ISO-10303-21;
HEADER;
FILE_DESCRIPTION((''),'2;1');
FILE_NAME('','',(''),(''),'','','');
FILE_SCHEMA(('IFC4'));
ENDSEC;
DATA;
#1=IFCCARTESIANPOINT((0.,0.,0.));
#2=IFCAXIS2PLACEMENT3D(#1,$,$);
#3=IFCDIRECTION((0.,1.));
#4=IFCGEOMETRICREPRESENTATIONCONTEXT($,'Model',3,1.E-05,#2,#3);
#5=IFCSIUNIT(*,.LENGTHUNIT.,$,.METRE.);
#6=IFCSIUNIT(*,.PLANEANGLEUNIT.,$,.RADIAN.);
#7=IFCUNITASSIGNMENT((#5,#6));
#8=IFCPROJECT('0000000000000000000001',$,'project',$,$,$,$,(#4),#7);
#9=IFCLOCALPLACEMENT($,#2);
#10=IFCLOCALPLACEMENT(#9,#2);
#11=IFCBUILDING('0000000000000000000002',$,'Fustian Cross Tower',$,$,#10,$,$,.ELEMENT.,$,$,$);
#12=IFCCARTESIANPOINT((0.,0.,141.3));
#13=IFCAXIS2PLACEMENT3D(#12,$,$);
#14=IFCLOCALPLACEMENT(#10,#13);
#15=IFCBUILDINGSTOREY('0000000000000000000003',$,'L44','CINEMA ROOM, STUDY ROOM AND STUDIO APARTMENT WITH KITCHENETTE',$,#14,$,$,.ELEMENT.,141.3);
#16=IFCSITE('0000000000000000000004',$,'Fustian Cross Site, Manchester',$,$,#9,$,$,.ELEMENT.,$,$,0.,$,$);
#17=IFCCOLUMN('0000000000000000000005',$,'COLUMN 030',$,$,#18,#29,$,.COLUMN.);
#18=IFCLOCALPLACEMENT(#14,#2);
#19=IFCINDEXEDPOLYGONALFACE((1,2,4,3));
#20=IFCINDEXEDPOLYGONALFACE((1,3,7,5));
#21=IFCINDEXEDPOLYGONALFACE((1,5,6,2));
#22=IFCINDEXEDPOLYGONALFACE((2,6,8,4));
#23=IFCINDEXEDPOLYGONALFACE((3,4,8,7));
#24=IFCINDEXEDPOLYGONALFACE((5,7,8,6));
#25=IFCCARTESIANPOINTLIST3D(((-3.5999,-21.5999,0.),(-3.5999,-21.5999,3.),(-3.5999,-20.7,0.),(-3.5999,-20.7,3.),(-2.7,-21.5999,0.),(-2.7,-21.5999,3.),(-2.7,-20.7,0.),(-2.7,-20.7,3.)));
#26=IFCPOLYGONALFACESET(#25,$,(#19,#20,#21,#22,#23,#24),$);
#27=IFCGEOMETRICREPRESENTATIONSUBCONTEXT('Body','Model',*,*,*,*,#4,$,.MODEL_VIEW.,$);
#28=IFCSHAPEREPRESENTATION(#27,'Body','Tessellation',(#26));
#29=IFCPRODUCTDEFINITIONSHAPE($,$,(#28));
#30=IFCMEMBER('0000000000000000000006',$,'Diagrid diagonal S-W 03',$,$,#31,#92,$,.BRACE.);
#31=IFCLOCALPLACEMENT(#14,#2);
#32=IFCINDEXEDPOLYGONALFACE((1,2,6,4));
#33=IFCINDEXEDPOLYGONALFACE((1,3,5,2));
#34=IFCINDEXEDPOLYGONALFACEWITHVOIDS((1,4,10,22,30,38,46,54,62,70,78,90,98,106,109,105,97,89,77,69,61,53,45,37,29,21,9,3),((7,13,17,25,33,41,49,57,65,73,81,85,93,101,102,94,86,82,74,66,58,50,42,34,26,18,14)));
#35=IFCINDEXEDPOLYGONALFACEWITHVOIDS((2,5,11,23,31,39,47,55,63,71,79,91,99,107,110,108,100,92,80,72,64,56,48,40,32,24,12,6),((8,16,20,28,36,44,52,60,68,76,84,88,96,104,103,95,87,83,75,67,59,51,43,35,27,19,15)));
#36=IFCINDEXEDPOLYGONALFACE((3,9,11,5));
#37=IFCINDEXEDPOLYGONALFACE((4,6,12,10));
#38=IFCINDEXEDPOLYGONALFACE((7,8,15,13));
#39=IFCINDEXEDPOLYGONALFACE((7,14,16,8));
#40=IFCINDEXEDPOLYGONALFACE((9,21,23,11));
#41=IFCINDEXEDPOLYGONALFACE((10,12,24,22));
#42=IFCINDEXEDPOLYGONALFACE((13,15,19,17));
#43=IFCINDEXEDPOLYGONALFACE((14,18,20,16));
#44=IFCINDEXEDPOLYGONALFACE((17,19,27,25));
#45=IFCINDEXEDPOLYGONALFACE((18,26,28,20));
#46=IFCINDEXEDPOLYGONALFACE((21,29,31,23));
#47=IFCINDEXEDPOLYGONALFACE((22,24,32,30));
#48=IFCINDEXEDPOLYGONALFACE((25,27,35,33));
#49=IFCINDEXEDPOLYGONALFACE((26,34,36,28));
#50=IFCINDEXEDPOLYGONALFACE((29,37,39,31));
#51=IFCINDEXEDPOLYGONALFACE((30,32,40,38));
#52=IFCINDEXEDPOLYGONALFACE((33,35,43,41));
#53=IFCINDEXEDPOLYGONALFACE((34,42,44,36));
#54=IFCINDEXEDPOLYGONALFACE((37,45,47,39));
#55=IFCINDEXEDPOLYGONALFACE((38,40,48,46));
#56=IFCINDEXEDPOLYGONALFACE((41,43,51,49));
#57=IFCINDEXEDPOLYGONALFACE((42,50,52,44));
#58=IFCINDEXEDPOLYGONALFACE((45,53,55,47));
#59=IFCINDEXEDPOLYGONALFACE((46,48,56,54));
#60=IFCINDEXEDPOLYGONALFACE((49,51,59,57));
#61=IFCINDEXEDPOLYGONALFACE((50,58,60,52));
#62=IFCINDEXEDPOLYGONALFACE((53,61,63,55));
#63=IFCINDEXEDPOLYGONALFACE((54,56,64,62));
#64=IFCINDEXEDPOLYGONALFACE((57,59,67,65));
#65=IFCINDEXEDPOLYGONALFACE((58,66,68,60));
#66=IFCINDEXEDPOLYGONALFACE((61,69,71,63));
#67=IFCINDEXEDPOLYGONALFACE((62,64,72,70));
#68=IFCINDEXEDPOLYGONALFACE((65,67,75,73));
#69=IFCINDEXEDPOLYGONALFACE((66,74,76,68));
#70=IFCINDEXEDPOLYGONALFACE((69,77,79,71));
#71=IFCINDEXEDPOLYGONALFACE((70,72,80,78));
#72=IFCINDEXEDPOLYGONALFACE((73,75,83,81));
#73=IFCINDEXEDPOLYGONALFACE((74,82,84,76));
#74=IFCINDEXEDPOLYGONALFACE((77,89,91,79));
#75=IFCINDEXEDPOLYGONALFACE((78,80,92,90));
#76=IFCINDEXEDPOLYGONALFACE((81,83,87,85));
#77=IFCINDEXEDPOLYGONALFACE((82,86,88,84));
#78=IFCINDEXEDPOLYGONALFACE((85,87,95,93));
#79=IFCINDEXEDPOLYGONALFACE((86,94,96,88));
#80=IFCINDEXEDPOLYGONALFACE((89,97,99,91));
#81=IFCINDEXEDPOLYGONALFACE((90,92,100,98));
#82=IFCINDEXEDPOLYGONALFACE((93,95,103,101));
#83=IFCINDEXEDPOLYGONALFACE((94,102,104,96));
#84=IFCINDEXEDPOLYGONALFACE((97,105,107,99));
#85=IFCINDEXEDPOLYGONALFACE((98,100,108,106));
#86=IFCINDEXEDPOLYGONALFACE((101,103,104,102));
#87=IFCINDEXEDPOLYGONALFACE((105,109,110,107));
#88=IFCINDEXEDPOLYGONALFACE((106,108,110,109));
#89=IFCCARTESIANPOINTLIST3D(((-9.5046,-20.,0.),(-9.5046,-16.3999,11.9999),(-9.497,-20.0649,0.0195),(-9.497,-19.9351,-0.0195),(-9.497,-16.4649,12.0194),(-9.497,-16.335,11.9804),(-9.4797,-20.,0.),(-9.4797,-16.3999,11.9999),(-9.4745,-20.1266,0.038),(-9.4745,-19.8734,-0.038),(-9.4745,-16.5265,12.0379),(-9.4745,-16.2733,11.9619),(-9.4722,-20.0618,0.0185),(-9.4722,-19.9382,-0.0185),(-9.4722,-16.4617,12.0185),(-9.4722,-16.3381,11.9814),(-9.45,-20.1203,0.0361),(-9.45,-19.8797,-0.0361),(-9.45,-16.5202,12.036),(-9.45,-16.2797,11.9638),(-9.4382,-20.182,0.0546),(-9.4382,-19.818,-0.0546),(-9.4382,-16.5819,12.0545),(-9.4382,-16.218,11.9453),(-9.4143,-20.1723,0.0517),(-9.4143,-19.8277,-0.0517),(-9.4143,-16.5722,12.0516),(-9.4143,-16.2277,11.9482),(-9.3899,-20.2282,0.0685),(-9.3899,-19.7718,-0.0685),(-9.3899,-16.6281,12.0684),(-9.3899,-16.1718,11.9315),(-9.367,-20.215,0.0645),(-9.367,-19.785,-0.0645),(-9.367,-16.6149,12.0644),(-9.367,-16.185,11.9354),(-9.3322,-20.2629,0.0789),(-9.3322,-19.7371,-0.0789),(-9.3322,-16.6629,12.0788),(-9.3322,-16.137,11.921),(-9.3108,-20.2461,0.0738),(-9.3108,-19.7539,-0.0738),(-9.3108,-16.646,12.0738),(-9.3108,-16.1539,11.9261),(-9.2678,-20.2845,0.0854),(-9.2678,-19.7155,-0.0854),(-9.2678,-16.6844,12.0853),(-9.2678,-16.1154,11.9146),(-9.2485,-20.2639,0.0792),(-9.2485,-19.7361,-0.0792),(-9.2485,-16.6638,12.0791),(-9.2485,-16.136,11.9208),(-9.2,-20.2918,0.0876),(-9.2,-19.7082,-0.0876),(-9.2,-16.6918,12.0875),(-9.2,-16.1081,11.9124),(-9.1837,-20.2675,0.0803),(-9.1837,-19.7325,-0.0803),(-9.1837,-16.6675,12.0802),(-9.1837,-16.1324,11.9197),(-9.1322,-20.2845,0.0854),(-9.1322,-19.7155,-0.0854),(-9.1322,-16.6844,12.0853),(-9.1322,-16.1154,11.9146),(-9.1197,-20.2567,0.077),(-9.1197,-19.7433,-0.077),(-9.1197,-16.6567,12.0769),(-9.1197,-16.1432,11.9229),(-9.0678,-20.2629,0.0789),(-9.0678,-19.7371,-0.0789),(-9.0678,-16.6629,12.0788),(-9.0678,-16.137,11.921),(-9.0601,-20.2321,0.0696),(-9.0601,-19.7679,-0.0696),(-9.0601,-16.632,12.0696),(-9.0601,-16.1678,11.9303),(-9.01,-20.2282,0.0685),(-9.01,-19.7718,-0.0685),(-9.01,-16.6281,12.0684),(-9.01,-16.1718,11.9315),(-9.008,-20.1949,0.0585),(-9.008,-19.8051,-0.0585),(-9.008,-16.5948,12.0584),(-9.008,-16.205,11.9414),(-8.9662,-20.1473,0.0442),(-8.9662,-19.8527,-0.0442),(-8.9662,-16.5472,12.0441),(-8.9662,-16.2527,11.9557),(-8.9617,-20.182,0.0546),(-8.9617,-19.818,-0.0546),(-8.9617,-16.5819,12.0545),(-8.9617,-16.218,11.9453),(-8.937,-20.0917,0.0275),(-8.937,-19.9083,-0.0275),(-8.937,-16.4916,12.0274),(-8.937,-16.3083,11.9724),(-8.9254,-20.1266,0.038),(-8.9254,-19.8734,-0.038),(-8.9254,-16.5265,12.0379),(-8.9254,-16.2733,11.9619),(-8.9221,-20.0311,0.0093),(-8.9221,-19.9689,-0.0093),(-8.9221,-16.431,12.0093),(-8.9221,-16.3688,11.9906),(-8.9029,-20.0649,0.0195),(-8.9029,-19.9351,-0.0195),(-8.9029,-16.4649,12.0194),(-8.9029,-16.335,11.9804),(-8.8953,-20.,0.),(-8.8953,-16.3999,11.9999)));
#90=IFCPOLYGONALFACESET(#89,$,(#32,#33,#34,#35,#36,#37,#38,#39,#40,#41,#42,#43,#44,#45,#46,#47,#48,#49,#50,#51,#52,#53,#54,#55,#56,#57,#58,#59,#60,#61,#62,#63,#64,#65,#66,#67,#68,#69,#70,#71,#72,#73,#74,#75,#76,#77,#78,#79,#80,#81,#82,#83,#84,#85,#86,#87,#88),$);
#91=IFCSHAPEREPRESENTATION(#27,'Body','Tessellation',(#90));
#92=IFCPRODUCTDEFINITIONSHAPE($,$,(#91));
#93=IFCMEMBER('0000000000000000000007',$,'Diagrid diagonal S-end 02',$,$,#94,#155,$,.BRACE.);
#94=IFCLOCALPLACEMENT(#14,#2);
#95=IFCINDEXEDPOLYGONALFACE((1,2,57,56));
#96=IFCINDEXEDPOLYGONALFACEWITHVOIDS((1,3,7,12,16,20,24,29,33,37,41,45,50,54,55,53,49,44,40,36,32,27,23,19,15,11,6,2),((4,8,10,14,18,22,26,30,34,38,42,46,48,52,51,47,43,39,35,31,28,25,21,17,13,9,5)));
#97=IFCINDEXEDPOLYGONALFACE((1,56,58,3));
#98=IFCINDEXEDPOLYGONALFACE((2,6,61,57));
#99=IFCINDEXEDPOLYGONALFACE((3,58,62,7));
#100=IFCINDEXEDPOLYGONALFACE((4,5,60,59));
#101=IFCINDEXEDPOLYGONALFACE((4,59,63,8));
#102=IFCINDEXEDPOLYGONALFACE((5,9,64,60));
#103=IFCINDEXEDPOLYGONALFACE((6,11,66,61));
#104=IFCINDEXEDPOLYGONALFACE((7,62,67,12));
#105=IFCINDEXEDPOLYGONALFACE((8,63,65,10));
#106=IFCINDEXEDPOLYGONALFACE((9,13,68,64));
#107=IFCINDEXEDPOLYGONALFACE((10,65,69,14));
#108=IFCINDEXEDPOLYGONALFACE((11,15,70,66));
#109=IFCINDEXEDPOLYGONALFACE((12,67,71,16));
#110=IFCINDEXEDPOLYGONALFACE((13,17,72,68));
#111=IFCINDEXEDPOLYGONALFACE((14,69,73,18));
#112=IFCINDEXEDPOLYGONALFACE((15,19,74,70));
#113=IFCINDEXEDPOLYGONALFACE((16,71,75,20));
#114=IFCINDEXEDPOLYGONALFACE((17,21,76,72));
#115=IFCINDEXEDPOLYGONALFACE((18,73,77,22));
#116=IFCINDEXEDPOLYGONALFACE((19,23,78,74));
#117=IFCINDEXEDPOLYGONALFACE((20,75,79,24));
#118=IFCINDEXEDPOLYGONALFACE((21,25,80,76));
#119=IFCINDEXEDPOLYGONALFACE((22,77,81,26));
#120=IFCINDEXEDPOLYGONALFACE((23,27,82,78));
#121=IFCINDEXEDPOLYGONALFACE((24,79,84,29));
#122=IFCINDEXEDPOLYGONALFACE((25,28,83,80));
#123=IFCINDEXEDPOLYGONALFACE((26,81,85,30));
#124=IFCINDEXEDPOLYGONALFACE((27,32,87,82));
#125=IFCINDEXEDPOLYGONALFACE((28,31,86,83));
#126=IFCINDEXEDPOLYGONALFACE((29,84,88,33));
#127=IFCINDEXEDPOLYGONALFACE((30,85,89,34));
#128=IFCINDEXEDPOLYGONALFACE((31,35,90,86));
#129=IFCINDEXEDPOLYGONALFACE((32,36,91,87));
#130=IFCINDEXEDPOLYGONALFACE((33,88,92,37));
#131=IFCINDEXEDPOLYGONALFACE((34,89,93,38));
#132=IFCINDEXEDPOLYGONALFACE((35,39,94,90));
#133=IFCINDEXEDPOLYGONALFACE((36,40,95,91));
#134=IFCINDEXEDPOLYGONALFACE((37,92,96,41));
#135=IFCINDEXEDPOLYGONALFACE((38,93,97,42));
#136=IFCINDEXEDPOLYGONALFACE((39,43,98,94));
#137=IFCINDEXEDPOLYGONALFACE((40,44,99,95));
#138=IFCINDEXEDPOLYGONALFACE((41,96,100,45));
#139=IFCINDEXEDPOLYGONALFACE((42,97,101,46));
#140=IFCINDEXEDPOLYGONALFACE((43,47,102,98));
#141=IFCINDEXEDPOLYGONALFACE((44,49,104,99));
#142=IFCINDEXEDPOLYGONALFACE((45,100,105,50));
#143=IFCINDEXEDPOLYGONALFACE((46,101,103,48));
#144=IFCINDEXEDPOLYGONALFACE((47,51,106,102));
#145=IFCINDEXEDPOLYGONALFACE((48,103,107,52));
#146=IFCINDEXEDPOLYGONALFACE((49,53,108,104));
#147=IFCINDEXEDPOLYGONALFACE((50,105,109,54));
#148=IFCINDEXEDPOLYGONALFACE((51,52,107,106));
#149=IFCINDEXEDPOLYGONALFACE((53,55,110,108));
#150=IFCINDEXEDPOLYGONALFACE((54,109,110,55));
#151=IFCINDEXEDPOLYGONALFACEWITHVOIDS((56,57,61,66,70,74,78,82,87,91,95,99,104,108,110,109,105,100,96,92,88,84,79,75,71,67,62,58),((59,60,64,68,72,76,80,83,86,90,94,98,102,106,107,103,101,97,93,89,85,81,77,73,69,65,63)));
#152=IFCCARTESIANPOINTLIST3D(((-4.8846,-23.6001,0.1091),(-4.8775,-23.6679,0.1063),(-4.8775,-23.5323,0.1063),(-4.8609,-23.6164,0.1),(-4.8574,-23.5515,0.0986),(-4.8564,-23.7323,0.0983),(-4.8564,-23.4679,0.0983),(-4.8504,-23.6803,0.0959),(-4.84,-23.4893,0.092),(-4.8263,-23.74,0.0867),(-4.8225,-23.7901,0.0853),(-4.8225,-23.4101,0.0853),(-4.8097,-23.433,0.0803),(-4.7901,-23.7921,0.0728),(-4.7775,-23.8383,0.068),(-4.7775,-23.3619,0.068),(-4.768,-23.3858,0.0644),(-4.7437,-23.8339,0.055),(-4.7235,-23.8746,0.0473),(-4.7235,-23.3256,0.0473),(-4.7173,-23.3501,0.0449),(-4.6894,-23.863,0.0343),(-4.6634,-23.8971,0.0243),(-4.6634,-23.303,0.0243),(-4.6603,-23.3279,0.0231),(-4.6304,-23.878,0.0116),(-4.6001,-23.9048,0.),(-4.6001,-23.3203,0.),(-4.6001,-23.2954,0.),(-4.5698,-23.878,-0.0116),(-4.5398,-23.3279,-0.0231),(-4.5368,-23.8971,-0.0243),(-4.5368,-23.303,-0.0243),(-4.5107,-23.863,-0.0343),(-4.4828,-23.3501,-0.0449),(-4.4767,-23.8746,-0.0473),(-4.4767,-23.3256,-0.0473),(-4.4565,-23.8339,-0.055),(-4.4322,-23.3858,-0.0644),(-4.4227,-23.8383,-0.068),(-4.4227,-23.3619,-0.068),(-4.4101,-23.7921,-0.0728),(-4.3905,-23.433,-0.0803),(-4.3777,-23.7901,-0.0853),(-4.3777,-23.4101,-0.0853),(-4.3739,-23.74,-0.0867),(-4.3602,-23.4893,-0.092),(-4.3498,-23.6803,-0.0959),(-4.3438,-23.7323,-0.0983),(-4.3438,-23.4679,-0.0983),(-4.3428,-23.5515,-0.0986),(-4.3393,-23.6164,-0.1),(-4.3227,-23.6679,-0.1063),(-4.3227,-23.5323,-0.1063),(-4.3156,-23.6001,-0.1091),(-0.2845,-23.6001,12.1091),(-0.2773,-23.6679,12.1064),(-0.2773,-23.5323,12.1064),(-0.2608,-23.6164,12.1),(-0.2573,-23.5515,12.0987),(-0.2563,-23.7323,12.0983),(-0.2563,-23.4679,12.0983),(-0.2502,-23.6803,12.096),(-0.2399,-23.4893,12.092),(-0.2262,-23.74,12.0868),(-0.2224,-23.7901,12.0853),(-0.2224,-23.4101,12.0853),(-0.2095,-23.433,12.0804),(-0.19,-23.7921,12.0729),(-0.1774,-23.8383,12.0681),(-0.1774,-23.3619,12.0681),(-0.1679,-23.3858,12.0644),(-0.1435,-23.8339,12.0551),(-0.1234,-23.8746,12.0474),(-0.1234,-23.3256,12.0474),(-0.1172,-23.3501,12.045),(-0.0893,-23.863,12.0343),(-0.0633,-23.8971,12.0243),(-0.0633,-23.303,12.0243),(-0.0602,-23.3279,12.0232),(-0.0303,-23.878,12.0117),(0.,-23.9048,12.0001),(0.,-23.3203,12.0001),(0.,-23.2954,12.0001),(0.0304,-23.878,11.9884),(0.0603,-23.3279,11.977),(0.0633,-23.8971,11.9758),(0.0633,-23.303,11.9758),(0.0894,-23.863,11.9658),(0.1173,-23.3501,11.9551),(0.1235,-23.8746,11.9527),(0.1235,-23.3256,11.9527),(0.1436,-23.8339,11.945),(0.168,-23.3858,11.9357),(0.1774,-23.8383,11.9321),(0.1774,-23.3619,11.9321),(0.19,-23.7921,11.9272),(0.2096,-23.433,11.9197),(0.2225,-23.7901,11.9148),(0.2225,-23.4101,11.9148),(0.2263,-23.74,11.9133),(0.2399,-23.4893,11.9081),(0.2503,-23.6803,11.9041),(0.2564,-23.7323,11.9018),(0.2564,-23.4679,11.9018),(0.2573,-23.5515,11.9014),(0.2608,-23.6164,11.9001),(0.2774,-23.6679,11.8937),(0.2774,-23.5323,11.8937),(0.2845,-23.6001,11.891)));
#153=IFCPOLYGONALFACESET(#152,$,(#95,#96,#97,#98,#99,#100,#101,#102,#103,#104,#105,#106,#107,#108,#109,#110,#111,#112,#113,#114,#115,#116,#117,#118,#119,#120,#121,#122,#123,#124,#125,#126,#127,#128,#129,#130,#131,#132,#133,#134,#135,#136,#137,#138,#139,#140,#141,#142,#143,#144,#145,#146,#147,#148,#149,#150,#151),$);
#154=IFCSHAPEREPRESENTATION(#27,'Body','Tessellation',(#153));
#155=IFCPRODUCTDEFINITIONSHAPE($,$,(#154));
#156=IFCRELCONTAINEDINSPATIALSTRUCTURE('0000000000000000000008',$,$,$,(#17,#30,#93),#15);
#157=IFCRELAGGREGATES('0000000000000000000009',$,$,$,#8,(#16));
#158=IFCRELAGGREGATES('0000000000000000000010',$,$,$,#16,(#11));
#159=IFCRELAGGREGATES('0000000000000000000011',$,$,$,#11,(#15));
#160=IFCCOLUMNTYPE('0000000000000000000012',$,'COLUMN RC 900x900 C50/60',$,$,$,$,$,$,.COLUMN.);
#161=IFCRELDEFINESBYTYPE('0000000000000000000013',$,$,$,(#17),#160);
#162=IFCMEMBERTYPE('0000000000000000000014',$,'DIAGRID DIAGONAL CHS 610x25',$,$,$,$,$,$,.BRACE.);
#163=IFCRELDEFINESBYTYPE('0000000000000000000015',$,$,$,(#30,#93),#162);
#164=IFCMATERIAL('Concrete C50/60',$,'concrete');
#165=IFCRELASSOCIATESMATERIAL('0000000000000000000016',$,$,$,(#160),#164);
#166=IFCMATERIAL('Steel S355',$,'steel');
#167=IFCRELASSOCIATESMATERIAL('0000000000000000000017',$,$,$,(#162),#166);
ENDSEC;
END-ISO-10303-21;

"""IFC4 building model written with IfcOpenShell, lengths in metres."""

from ifc_helpers import new_model, si_unit, direction, frame, origin, origin_2d, place, context, subcontext, project, spatial, rectangle, hollow_circle, extrude, material, material_profile, profile_set, type_object, element, save


model = new_model("IFC4")

# Units and contexts
model_context = context("Model", 3, precision=1e-05, world=origin(), true_north=direction((0.0, 1.0)))
body_context = subcontext(model_context, "Body", "Model", "MODEL_VIEW")
ifc_project = project(units=[si_unit("LENGTHUNIT", "METRE"), si_unit("PLANEANGLEUNIT", "RADIAN")], contexts=[model_context])

# Site, building, storey
site_placement = place(None, origin())
site = spatial("IfcSite", under=ifc_project, at=site_placement, Name="Fustian Cross Site, Manchester", CompositionType="ELEMENT", RefElevation=0.0)
building_placement = place(site_placement, origin())
building = spatial("IfcBuilding", under=site, at=building_placement, Name="Fustian Cross Tower", CompositionType="ELEMENT")
storey_placement = place(building_placement, frame((0.0, 0.0, 141.3)))
storey = spatial("IfcBuildingStorey", under=building, at=storey_placement, Name="L44", Description="CINEMA ROOM, STUDY ROOM AND STUDIO APARTMENT WITH KITCHENETTE", CompositionType="ELEMENT", Elevation=141.3)

# Column
ifc_material_1 = material(Name="Concrete C50/60", Category="concrete")
ifc_material_profile_1 = material_profile(ifc_material_1, rectangle(XDim=0.8999, YDim=0.8999, at=origin_2d()), Name="RC 900x900")
ifc_profile_set_1 = profile_set([ifc_material_profile_1], Name="Concrete C50/60")
column_type = type_object("IfcColumnType", Name="COLUMN RC 900x900 C50/60", PredefinedType="COLUMN", material=ifc_profile_set_1)
column_placement = place(storey_placement, frame((-3.1499, -21.1499, 0.0), z_axis=(0.0, 0.0, 1.0), x_axis=(1.0, 0.0, 0.0)))
element("IfcColumn", 1, at=column_placement, inside=storey, type_object=column_type, Name="COLUMN 030", PredefinedType="COLUMN", context=body_context, shape_type="SweptSolid", body=[
    extrude(rectangle(XDim=0.8999, YDim=0.8999, at=origin_2d()), origin(), (0.0, 0.0, 1.0), 3.0),
])

# Members
ifc_material_2 = material(Name="Steel S355", Category="steel")
ifc_material_profile_2 = material_profile(ifc_material_2, hollow_circle(Radius=0.3047, WallThickness=0.0249, at=origin_2d()), Name="CHS 610x25")
ifc_profile_set_2 = profile_set([ifc_material_profile_2], Name="Steel S355")
member_type_1 = type_object("IfcMemberType", Name="DIAGRID DIAGONAL CHS 610x25", PredefinedType="BRACE", material=ifc_profile_set_2)
member_1_placement = place(storey_placement, frame((-9.2, -20.0, 0.0), z_axis=(0.0, 0.287355, 0.957824), x_axis=(-1.0, 0.0, 0.0)))
element("IfcMember", 2, at=member_1_placement, inside=storey, type_object=member_type_1, Name="Diagrid diagonal S-W 03", PredefinedType="BRACE", context=body_context, shape_type="SweptSolid", body=[
    extrude(hollow_circle(Radius=0.3047, WallThickness=0.0249, at=origin_2d()), origin(), (0.0, 0.0, 1.0), 12.5283),
])
member_2_placement = place(storey_placement, frame((-4.6001, -23.6001, 0.0), z_axis=(0.357943, 0.0, 0.933744), x_axis=(0.0, 1.0, 0.0)))
element("IfcMember", 3, at=member_2_placement, inside=storey, type_object=member_type_1, Name="Diagrid diagonal S-end 02", PredefinedType="BRACE", context=body_context, shape_type="SweptSolid", body=[
    extrude(hollow_circle(Radius=0.3047, WallThickness=0.0249, at=origin_2d()), origin(), (0.0, 0.0, 1.0), 12.8516),
])

save(model, "model.ifc")
